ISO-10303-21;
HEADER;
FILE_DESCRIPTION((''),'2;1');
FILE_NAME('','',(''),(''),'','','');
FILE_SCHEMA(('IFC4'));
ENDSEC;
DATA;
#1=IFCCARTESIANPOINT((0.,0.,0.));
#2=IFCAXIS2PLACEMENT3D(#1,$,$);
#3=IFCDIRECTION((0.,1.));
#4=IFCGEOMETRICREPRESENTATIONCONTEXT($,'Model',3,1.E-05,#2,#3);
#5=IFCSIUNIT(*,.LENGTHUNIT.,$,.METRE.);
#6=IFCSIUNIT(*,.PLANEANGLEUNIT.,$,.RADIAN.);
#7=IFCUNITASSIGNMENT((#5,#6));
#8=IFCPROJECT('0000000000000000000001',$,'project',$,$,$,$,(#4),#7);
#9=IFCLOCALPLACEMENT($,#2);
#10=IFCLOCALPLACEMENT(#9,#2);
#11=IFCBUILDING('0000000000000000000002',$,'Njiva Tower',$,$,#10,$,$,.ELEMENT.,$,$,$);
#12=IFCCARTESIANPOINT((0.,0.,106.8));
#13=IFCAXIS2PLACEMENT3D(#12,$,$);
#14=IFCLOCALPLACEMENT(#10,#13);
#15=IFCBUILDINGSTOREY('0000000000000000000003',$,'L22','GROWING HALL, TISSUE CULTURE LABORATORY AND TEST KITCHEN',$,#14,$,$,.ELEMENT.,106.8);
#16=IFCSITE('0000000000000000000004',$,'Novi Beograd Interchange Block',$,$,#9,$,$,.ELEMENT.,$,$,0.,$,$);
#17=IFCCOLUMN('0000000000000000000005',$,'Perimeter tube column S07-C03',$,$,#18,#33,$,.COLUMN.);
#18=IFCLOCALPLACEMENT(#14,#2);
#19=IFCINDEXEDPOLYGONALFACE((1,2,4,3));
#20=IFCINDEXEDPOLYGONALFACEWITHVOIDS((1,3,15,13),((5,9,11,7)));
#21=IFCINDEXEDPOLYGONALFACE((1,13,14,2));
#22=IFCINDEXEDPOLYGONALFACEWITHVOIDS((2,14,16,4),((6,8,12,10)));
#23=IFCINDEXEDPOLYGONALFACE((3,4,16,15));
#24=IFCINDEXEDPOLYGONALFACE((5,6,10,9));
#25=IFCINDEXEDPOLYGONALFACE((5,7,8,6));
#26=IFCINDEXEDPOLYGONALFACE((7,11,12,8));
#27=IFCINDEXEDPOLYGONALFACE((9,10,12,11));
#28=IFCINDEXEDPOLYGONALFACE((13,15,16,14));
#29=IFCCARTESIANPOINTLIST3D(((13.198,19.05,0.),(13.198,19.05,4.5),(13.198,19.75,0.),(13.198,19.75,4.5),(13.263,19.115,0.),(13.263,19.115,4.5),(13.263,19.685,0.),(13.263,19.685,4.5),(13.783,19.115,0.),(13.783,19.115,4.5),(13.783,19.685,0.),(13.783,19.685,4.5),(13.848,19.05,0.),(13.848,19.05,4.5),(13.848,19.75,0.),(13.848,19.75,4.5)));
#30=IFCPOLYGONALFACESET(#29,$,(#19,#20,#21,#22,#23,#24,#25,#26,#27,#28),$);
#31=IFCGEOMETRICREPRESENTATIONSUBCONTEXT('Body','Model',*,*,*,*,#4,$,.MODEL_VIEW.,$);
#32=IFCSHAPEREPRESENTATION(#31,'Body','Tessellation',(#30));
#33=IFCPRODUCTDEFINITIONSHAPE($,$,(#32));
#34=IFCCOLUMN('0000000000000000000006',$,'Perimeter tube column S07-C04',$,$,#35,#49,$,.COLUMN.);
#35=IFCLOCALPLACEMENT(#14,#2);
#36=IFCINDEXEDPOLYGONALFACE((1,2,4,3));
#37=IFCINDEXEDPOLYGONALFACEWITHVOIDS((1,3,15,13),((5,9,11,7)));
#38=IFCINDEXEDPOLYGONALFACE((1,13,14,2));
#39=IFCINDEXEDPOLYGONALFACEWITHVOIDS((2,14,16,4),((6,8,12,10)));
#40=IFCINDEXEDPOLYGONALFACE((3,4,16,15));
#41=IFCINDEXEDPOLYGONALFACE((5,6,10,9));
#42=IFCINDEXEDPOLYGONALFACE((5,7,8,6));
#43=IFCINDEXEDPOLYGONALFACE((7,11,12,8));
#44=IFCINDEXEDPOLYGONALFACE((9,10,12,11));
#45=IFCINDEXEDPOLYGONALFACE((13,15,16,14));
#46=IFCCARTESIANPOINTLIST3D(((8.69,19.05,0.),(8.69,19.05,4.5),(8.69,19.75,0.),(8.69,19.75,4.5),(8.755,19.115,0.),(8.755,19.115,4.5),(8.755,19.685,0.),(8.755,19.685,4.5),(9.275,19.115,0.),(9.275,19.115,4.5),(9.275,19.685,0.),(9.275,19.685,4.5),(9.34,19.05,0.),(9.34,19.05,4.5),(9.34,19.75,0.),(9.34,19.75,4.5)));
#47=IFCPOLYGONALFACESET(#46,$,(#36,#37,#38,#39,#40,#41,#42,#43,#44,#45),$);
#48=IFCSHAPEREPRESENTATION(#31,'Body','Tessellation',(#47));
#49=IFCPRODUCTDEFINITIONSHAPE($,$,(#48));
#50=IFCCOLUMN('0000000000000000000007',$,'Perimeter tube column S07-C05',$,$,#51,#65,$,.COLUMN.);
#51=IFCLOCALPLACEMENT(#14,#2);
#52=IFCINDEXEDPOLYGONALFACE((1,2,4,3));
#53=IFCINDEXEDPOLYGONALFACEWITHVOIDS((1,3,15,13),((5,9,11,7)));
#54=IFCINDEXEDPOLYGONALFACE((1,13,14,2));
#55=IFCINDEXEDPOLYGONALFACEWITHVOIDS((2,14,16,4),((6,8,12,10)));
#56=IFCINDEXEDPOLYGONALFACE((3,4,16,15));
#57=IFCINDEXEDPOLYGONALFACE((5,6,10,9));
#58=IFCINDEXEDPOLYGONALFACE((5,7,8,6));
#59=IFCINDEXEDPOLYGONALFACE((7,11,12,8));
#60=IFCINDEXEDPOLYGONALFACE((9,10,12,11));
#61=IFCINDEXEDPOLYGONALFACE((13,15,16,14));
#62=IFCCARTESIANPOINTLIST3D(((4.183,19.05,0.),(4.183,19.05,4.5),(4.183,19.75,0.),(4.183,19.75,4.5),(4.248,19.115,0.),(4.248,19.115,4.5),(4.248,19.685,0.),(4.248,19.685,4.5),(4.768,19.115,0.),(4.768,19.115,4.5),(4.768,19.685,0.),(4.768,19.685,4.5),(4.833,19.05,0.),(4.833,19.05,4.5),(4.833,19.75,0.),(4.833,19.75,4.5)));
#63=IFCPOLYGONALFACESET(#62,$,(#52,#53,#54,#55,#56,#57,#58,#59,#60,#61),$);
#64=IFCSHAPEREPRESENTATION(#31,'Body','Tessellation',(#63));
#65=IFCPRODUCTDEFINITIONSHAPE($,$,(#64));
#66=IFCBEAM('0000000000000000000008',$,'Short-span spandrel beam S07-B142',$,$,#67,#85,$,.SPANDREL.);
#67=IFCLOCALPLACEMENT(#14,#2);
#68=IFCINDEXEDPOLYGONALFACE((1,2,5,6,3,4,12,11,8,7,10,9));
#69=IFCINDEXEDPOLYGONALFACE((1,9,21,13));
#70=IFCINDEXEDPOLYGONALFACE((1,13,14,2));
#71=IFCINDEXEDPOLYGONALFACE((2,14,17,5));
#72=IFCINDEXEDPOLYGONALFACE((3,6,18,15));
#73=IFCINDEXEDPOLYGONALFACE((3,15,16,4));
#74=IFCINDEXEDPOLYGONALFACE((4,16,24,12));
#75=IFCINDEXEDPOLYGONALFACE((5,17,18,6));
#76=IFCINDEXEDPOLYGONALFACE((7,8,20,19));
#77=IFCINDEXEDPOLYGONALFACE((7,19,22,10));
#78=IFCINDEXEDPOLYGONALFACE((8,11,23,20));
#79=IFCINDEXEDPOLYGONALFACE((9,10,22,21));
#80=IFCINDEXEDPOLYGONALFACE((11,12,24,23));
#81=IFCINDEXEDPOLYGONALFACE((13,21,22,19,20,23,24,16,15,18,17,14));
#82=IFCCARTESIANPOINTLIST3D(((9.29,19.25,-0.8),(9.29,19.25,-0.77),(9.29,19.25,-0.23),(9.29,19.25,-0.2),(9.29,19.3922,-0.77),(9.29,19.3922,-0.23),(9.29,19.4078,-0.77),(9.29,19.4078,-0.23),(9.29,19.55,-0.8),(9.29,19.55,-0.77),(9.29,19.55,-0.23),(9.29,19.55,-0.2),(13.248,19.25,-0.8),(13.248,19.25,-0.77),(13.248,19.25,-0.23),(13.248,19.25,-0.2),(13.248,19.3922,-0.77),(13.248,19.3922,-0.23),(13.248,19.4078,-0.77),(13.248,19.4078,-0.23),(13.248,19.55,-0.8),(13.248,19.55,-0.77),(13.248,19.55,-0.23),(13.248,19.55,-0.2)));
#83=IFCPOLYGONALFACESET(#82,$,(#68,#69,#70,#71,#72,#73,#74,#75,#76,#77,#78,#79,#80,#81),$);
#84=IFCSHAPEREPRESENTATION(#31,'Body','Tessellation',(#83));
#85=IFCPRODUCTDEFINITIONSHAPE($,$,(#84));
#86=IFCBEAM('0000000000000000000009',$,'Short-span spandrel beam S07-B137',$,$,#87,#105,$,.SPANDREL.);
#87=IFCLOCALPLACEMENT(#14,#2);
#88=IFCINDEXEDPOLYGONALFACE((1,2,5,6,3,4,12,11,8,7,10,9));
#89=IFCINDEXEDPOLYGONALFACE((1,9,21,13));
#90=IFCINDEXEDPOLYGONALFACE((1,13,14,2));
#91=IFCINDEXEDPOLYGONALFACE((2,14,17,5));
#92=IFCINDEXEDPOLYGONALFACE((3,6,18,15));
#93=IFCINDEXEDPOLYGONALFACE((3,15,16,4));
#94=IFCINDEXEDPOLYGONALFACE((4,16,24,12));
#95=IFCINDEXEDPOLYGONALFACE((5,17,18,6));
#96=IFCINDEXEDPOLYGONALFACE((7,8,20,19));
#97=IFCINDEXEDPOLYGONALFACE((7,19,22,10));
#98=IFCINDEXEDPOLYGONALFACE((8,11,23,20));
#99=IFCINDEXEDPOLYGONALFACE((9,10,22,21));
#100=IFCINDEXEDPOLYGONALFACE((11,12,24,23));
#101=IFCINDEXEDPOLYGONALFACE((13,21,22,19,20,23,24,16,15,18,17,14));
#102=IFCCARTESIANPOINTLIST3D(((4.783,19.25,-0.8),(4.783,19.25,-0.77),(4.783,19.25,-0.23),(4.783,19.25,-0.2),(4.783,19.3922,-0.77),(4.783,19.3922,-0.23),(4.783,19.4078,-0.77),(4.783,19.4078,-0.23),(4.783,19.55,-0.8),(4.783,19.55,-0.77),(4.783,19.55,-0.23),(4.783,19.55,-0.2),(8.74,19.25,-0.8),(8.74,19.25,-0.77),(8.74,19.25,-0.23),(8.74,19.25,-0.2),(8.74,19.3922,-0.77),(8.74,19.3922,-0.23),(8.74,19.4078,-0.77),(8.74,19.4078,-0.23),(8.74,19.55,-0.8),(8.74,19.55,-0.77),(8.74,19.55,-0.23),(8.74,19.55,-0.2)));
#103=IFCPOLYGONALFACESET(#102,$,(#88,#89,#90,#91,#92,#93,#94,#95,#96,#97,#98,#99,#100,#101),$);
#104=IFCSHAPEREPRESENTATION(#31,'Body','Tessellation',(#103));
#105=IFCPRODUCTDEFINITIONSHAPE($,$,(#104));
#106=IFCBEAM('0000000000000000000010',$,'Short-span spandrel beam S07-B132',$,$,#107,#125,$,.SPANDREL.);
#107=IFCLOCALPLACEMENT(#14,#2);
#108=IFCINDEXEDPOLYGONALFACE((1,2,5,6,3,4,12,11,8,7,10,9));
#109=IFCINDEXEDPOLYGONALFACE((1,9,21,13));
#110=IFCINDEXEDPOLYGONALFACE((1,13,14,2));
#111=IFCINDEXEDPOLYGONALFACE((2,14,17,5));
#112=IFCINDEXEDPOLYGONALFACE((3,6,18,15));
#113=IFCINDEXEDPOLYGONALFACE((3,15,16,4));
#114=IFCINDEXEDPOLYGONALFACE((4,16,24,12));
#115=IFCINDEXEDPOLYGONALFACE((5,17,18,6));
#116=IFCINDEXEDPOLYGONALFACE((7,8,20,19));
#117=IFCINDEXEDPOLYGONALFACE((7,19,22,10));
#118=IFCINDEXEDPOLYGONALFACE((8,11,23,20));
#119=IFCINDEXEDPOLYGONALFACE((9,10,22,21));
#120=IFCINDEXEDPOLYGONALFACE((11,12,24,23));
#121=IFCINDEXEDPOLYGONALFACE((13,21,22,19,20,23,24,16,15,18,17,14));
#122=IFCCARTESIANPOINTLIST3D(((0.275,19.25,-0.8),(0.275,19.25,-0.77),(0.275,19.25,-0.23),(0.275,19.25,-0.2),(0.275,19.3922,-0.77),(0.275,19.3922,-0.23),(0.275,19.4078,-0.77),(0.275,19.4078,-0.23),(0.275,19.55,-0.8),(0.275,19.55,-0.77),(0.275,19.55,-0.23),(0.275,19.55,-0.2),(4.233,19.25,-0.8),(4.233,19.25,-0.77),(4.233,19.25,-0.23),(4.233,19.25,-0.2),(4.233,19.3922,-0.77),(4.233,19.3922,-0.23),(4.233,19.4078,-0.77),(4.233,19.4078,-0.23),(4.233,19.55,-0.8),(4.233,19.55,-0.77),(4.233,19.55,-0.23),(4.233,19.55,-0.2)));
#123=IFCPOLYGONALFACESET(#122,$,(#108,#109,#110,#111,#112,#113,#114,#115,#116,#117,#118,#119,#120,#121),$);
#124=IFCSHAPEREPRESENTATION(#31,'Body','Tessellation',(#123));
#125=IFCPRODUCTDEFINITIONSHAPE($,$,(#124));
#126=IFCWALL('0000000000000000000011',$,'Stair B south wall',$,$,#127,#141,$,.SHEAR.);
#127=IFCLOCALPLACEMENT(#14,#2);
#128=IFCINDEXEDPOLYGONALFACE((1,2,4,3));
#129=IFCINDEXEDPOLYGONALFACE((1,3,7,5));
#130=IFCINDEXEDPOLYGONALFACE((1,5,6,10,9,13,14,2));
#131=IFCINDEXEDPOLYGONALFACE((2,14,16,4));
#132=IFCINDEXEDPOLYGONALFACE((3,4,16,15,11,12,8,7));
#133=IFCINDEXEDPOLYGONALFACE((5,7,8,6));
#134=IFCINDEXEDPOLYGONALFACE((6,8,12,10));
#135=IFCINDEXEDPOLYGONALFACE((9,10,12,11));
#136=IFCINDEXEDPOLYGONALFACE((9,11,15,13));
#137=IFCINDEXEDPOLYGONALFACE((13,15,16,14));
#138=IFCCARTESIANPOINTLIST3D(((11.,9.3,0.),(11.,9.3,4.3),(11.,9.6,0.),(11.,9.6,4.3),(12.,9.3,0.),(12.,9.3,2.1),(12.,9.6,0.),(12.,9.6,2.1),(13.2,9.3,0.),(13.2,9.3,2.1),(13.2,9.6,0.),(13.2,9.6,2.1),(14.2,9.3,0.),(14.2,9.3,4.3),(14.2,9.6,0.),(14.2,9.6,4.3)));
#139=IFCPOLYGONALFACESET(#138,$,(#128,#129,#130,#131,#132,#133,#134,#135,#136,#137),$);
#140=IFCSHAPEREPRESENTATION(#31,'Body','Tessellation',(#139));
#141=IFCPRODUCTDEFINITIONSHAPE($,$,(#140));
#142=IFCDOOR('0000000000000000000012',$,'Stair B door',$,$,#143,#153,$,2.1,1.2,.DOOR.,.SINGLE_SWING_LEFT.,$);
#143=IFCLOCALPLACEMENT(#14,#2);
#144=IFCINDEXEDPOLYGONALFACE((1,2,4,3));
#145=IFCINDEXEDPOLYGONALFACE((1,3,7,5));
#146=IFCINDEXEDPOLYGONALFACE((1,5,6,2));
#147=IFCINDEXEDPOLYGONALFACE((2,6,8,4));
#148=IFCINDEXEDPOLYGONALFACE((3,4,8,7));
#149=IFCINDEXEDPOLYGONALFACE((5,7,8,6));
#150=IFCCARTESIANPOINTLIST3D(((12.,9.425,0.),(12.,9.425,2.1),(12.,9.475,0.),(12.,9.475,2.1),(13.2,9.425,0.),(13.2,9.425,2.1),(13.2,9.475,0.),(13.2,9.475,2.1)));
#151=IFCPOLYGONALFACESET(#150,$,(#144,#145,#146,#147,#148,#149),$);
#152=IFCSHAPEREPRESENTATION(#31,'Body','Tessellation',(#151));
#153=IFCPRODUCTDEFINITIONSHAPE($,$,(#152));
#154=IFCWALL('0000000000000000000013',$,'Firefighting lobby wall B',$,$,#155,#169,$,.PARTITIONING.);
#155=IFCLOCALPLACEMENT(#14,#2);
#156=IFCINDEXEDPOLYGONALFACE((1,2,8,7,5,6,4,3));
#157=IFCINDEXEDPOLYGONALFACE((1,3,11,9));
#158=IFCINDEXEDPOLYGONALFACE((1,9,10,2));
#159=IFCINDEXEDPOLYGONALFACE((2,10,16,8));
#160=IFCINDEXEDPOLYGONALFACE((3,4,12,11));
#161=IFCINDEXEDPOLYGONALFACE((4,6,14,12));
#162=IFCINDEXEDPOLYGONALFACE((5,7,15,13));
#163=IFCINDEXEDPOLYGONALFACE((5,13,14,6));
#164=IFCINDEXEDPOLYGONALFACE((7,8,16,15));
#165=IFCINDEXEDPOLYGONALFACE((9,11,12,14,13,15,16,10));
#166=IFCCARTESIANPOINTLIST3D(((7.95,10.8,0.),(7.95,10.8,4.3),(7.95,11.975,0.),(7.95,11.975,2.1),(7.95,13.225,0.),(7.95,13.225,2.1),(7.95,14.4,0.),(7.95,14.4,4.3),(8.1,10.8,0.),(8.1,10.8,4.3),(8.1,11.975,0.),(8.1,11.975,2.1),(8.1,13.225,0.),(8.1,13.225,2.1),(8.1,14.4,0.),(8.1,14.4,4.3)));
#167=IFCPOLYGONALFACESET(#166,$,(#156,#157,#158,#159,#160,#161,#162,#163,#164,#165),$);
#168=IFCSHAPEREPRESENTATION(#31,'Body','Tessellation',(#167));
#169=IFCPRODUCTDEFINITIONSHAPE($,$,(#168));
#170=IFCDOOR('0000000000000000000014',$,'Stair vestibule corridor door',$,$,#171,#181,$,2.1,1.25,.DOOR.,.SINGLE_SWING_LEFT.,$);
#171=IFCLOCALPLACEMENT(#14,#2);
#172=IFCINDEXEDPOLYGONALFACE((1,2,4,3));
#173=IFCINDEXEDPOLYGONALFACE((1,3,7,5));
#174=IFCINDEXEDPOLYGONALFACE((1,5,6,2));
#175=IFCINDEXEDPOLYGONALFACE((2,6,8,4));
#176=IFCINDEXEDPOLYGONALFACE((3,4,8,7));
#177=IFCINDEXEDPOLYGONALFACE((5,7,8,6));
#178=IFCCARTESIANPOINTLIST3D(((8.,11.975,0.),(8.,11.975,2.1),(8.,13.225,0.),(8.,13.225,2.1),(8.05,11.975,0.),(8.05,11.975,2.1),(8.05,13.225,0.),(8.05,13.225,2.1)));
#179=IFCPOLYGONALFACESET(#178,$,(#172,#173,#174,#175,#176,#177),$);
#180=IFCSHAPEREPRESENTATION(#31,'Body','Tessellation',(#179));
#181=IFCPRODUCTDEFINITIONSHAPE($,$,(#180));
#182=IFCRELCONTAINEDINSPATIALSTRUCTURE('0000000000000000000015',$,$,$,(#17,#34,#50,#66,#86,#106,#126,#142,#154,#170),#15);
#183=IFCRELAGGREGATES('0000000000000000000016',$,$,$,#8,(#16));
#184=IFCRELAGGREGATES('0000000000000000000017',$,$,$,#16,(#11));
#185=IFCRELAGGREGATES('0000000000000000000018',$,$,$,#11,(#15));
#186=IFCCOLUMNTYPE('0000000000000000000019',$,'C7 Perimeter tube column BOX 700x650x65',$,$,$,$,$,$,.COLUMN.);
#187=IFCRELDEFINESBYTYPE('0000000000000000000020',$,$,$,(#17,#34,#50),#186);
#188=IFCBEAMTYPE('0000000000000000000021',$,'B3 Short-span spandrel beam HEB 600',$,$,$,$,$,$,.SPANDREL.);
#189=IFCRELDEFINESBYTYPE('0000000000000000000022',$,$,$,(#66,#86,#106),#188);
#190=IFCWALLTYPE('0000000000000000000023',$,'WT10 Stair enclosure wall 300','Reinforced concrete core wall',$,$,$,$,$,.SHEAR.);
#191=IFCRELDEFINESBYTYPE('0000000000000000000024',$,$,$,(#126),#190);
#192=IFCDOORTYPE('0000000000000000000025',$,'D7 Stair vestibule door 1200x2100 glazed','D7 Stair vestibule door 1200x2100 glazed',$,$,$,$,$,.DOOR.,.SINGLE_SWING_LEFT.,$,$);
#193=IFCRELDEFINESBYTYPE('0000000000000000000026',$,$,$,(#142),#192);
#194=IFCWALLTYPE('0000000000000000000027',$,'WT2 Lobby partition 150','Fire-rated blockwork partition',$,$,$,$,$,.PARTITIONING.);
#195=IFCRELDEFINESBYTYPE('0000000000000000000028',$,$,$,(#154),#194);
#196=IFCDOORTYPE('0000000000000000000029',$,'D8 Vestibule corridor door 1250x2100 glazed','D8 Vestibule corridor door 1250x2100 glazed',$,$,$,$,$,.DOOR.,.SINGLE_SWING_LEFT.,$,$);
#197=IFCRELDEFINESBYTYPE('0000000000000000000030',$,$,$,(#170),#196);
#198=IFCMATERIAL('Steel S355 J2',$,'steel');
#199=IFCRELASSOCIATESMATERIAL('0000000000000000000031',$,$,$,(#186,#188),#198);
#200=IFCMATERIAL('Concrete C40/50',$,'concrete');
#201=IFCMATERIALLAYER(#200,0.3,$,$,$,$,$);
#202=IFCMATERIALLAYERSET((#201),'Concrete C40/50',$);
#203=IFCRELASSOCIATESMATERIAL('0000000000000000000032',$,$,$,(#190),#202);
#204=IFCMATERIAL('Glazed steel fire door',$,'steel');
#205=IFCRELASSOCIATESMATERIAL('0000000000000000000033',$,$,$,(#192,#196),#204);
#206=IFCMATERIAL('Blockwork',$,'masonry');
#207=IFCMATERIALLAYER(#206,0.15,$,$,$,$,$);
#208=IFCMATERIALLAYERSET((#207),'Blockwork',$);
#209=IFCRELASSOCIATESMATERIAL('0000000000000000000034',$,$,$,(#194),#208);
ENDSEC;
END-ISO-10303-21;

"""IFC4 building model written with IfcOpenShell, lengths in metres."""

from ifc_helpers import new_model, si_unit, direction, frame, frame_2d, origin, origin_2d, place, context, subcontext, project, spatial, rectangle, hollow_rectangle, i_section, extrude, material, layer, layer_set, material_profile, profile_set, type_object, element, fill, save


model = new_model("IFC4")

# Units and contexts
model_context = context("Model", 3, precision=1e-05, world=origin(), true_north=direction((0.0, 1.0)))
body_context = subcontext(model_context, "Body", "Model", "MODEL_VIEW")
ifc_project = project(units=[si_unit("LENGTHUNIT", "METRE"), si_unit("PLANEANGLEUNIT", "RADIAN")], contexts=[model_context])

# Site, building, storey
site_placement = place(None, origin())
site = spatial("IfcSite", under=ifc_project, at=site_placement, Name="Novi Beograd Interchange Block", CompositionType="ELEMENT", RefElevation=0.0)
building_placement = place(site_placement, origin())
building = spatial("IfcBuilding", under=site, at=building_placement, Name="Njiva Tower", CompositionType="ELEMENT")
storey_placement = place(building_placement, frame((0.0, 0.0, 106.8)))
storey = spatial("IfcBuildingStorey", under=building, at=storey_placement, Name="L22", Description="GROWING HALL, TISSUE CULTURE LABORATORY AND TEST KITCHEN", CompositionType="ELEMENT", Elevation=106.8)

# Columns
ifc_material_1 = material(Name="Steel S355 J2", Category="steel")
ifc_material_profile_1 = material_profile(ifc_material_1, hollow_rectangle(XDim=0.65, YDim=0.7, WallThickness=0.065, at=origin_2d()), Name="BOX 700x650x65")
ifc_profile_set_1 = profile_set([ifc_material_profile_1], Name="Steel S355 J2")
column_type = type_object("IfcColumnType", Name="C7 Perimeter tube column BOX 700x650x65", PredefinedType="COLUMN", material=ifc_profile_set_1)
for number, where, z_axis, x_axis, name in (
    (1, (13.523, 19.4, 0.0), (0.0, 0.0, 1.0), (-1.0, 0.0, 0.0), "Perimeter tube column S07-C03"),
    (2, (9.015, 19.4, 0.0), (0.0, 0.0, 1.0), (-1.0, 0.0, 0.0), "Perimeter tube column S07-C04"),
    (3, (4.508, 19.4, 0.0), (0.0, 0.0, 1.0), (-1.0, 0.0, 0.0), "Perimeter tube column S07-C05"),
):
    element("IfcColumn", number, at=place(storey_placement, frame(where, z_axis=z_axis, x_axis=x_axis)), inside=storey, type_object=column_type, Name=name, PredefinedType="COLUMN", context=body_context, shape_type="SweptSolid", body=[
        extrude(hollow_rectangle(XDim=0.65, YDim=0.7, WallThickness=0.065, at=origin_2d()), origin(), (0.0, 0.0, 1.0), 4.5),
    ])

# Beams
ifc_material_profile_2 = material_profile(ifc_material_1, i_section(OverallWidth=0.3, OverallDepth=0.6, WebThickness=0.0155, FlangeThickness=0.03, at=origin_2d()), Name="HEB 600")
ifc_profile_set_2 = profile_set([ifc_material_profile_2], Name="Steel S355 J2")
beam_type = type_object("IfcBeamType", Name="B3 Short-span spandrel beam HEB 600", PredefinedType="SPANDREL", material=ifc_profile_set_2)
beam_1_placement = place(storey_placement, frame((13.248, 19.4, -0.5), z_axis=(-1.0, 0.0, 0.0), x_axis=(0.0, -1.0, 0.0)))
element("IfcBeam", 4, at=beam_1_placement, inside=storey, type_object=beam_type, Name="Short-span spandrel beam S07-B142", PredefinedType="SPANDREL", context=body_context, shape_type="SweptSolid", body=[
    extrude(i_section(OverallWidth=0.3, OverallDepth=0.6, WebThickness=0.0155, FlangeThickness=0.03, at=origin_2d()), origin(), (0.0, 0.0, 1.0), 3.958),
])
beam_2_placement = place(storey_placement, frame((8.74, 19.4, -0.5), z_axis=(-1.0, 0.0, 0.0), x_axis=(0.0, -1.0, 0.0)))
element("IfcBeam", 5, at=beam_2_placement, inside=storey, type_object=beam_type, Name="Short-span spandrel beam S07-B137", PredefinedType="SPANDREL", context=body_context, shape_type="SweptSolid", body=[
    extrude(i_section(OverallWidth=0.3, OverallDepth=0.6, WebThickness=0.0155, FlangeThickness=0.03, at=origin_2d()), origin(), (0.0, 0.0, 1.0), 3.957),
])
beam_3_placement = place(storey_placement, frame((4.233, 19.4, -0.5), z_axis=(-1.0, 0.0, 0.0), x_axis=(0.0, -1.0, 0.0)))
element("IfcBeam", 6, at=beam_3_placement, inside=storey, type_object=beam_type, Name="Short-span spandrel beam S07-B132", PredefinedType="SPANDREL", context=body_context, shape_type="SweptSolid", body=[
    extrude(i_section(OverallWidth=0.3, OverallDepth=0.6, WebThickness=0.0155, FlangeThickness=0.03, at=origin_2d()), origin(), (0.0, 0.0, 1.0), 3.958),
])

# Walls, openings, doors
ifc_material_2 = material(Name="Concrete C40/50", Category="concrete")
ifc_layer_1 = layer(ifc_material_2, 0.3)
ifc_layer_set_1 = layer_set([ifc_layer_1], Name="Concrete C40/50")
wall_type_1 = type_object("IfcWallType", Name="WT10 Stair enclosure wall 300", Description="Reinforced concrete core wall", PredefinedType="SHEAR", material=ifc_layer_set_1)
wall_1_placement = place(storey_placement, frame((11.0, 9.45, 0.0), z_axis=(0.0, 0.0, 1.0), x_axis=(1.0, 0.0, 0.0)))
wall_1 = element("IfcWall", 7, at=wall_1_placement, inside=storey, type_object=wall_type_1, Name="Stair B south wall", PredefinedType="SHEAR", context=body_context, shape_type="SweptSolid", body=[
    extrude(rectangle(XDim=3.2, YDim=0.3, at=frame_2d((1.6, 0.0))), origin(), (0.0, 0.0, 1.0), 4.3),
])
opening_1_placement = place(wall_1_placement, frame((1.0, 0.0, 0.0)))
opening_1 = element("IfcOpeningElement", 8, at=opening_1_placement, cuts=wall_1, PredefinedType="OPENING", context=body_context, shape_type="SweptSolid", body=[
    extrude(rectangle(XDim=1.2, YDim=2.1, at=frame_2d((0.6, 1.05))), frame((0.0, 0.16, 0.0), z_axis=(0.0, -1.0, 0.0), x_axis=(1.0, 0.0, 0.0)), (0.0, 0.0, 1.0), 0.32),
])
ifc_material_3 = material(Name="Glazed steel fire door", Category="steel")
door_type_1 = type_object("IfcDoorType", Name="D7 Stair vestibule door 1200x2100 glazed", Description="D7 Stair vestibule door 1200x2100 glazed", OperationType="SINGLE_SWING_LEFT", PredefinedType="DOOR", material=ifc_material_3)
door_1_placement = place(opening_1_placement, origin())
door_1 = element("IfcDoor", 9, at=door_1_placement, inside=storey, type_object=door_type_1, Name="Stair B door", OperationType="SINGLE_SWING_LEFT", OverallHeight=2.1, OverallWidth=1.2, PredefinedType="DOOR", context=body_context, shape_type="SweptSolid", body=[
    extrude(rectangle(XDim=1.2, YDim=2.1, at=frame_2d((0.6, 1.05))), frame((0.0, 0.025, 0.0), z_axis=(0.0, -1.0, 0.0), x_axis=(1.0, 0.0, 0.0)), (0.0, 0.0, 1.0), 0.05),
])
fill(opening_1, door_1)
ifc_material_4 = material(Name="Blockwork", Category="masonry")
ifc_layer_2 = layer(ifc_material_4, 0.15)
ifc_layer_set_2 = layer_set([ifc_layer_2], Name="Blockwork")
wall_type_2 = type_object("IfcWallType", Name="WT2 Lobby partition 150", Description="Fire-rated blockwork partition", PredefinedType="PARTITIONING", material=ifc_layer_set_2)
wall_2_placement = place(storey_placement, frame((8.025, 10.8, 0.0), z_axis=(0.0, 0.0, 1.0), x_axis=(0.0, 1.0, 0.0)))
wall_2 = element("IfcWall", 10, at=wall_2_placement, inside=storey, type_object=wall_type_2, Name="Firefighting lobby wall B", PredefinedType="PARTITIONING", context=body_context, shape_type="SweptSolid", body=[
    extrude(rectangle(XDim=3.6, YDim=0.15, at=frame_2d((1.8, 0.0))), origin(), (0.0, 0.0, 1.0), 4.3),
])
opening_2_placement = place(wall_2_placement, frame((1.175, 0.0, 0.0)))
opening_2 = element("IfcOpeningElement", 11, at=opening_2_placement, cuts=wall_2, PredefinedType="OPENING", context=body_context, shape_type="SweptSolid", body=[
    extrude(rectangle(XDim=1.25, YDim=2.1, at=frame_2d((0.625, 1.05))), frame((0.0, 0.085, 0.0), z_axis=(0.0, -1.0, 0.0), x_axis=(1.0, 0.0, 0.0)), (0.0, 0.0, 1.0), 0.17),
])
door_type_2 = type_object("IfcDoorType", Name="D8 Vestibule corridor door 1250x2100 glazed", Description="D8 Vestibule corridor door 1250x2100 glazed", OperationType="SINGLE_SWING_LEFT", PredefinedType="DOOR", material=ifc_material_3)
door_2_placement = place(opening_2_placement, origin())
door_2 = element("IfcDoor", 12, at=door_2_placement, inside=storey, type_object=door_type_2, Name="Stair vestibule corridor door", OperationType="SINGLE_SWING_LEFT", OverallHeight=2.1, OverallWidth=1.25, PredefinedType="DOOR", context=body_context, shape_type="SweptSolid", body=[
    extrude(rectangle(XDim=1.25, YDim=2.1, at=frame_2d((0.625, 1.05))), frame((0.0, 0.025, 0.0), z_axis=(0.0, -1.0, 0.0), x_axis=(1.0, 0.0, 0.0)), (0.0, 0.0, 1.0), 0.05),
])
fill(opening_2, door_2)

save(model, "model.ifc")
